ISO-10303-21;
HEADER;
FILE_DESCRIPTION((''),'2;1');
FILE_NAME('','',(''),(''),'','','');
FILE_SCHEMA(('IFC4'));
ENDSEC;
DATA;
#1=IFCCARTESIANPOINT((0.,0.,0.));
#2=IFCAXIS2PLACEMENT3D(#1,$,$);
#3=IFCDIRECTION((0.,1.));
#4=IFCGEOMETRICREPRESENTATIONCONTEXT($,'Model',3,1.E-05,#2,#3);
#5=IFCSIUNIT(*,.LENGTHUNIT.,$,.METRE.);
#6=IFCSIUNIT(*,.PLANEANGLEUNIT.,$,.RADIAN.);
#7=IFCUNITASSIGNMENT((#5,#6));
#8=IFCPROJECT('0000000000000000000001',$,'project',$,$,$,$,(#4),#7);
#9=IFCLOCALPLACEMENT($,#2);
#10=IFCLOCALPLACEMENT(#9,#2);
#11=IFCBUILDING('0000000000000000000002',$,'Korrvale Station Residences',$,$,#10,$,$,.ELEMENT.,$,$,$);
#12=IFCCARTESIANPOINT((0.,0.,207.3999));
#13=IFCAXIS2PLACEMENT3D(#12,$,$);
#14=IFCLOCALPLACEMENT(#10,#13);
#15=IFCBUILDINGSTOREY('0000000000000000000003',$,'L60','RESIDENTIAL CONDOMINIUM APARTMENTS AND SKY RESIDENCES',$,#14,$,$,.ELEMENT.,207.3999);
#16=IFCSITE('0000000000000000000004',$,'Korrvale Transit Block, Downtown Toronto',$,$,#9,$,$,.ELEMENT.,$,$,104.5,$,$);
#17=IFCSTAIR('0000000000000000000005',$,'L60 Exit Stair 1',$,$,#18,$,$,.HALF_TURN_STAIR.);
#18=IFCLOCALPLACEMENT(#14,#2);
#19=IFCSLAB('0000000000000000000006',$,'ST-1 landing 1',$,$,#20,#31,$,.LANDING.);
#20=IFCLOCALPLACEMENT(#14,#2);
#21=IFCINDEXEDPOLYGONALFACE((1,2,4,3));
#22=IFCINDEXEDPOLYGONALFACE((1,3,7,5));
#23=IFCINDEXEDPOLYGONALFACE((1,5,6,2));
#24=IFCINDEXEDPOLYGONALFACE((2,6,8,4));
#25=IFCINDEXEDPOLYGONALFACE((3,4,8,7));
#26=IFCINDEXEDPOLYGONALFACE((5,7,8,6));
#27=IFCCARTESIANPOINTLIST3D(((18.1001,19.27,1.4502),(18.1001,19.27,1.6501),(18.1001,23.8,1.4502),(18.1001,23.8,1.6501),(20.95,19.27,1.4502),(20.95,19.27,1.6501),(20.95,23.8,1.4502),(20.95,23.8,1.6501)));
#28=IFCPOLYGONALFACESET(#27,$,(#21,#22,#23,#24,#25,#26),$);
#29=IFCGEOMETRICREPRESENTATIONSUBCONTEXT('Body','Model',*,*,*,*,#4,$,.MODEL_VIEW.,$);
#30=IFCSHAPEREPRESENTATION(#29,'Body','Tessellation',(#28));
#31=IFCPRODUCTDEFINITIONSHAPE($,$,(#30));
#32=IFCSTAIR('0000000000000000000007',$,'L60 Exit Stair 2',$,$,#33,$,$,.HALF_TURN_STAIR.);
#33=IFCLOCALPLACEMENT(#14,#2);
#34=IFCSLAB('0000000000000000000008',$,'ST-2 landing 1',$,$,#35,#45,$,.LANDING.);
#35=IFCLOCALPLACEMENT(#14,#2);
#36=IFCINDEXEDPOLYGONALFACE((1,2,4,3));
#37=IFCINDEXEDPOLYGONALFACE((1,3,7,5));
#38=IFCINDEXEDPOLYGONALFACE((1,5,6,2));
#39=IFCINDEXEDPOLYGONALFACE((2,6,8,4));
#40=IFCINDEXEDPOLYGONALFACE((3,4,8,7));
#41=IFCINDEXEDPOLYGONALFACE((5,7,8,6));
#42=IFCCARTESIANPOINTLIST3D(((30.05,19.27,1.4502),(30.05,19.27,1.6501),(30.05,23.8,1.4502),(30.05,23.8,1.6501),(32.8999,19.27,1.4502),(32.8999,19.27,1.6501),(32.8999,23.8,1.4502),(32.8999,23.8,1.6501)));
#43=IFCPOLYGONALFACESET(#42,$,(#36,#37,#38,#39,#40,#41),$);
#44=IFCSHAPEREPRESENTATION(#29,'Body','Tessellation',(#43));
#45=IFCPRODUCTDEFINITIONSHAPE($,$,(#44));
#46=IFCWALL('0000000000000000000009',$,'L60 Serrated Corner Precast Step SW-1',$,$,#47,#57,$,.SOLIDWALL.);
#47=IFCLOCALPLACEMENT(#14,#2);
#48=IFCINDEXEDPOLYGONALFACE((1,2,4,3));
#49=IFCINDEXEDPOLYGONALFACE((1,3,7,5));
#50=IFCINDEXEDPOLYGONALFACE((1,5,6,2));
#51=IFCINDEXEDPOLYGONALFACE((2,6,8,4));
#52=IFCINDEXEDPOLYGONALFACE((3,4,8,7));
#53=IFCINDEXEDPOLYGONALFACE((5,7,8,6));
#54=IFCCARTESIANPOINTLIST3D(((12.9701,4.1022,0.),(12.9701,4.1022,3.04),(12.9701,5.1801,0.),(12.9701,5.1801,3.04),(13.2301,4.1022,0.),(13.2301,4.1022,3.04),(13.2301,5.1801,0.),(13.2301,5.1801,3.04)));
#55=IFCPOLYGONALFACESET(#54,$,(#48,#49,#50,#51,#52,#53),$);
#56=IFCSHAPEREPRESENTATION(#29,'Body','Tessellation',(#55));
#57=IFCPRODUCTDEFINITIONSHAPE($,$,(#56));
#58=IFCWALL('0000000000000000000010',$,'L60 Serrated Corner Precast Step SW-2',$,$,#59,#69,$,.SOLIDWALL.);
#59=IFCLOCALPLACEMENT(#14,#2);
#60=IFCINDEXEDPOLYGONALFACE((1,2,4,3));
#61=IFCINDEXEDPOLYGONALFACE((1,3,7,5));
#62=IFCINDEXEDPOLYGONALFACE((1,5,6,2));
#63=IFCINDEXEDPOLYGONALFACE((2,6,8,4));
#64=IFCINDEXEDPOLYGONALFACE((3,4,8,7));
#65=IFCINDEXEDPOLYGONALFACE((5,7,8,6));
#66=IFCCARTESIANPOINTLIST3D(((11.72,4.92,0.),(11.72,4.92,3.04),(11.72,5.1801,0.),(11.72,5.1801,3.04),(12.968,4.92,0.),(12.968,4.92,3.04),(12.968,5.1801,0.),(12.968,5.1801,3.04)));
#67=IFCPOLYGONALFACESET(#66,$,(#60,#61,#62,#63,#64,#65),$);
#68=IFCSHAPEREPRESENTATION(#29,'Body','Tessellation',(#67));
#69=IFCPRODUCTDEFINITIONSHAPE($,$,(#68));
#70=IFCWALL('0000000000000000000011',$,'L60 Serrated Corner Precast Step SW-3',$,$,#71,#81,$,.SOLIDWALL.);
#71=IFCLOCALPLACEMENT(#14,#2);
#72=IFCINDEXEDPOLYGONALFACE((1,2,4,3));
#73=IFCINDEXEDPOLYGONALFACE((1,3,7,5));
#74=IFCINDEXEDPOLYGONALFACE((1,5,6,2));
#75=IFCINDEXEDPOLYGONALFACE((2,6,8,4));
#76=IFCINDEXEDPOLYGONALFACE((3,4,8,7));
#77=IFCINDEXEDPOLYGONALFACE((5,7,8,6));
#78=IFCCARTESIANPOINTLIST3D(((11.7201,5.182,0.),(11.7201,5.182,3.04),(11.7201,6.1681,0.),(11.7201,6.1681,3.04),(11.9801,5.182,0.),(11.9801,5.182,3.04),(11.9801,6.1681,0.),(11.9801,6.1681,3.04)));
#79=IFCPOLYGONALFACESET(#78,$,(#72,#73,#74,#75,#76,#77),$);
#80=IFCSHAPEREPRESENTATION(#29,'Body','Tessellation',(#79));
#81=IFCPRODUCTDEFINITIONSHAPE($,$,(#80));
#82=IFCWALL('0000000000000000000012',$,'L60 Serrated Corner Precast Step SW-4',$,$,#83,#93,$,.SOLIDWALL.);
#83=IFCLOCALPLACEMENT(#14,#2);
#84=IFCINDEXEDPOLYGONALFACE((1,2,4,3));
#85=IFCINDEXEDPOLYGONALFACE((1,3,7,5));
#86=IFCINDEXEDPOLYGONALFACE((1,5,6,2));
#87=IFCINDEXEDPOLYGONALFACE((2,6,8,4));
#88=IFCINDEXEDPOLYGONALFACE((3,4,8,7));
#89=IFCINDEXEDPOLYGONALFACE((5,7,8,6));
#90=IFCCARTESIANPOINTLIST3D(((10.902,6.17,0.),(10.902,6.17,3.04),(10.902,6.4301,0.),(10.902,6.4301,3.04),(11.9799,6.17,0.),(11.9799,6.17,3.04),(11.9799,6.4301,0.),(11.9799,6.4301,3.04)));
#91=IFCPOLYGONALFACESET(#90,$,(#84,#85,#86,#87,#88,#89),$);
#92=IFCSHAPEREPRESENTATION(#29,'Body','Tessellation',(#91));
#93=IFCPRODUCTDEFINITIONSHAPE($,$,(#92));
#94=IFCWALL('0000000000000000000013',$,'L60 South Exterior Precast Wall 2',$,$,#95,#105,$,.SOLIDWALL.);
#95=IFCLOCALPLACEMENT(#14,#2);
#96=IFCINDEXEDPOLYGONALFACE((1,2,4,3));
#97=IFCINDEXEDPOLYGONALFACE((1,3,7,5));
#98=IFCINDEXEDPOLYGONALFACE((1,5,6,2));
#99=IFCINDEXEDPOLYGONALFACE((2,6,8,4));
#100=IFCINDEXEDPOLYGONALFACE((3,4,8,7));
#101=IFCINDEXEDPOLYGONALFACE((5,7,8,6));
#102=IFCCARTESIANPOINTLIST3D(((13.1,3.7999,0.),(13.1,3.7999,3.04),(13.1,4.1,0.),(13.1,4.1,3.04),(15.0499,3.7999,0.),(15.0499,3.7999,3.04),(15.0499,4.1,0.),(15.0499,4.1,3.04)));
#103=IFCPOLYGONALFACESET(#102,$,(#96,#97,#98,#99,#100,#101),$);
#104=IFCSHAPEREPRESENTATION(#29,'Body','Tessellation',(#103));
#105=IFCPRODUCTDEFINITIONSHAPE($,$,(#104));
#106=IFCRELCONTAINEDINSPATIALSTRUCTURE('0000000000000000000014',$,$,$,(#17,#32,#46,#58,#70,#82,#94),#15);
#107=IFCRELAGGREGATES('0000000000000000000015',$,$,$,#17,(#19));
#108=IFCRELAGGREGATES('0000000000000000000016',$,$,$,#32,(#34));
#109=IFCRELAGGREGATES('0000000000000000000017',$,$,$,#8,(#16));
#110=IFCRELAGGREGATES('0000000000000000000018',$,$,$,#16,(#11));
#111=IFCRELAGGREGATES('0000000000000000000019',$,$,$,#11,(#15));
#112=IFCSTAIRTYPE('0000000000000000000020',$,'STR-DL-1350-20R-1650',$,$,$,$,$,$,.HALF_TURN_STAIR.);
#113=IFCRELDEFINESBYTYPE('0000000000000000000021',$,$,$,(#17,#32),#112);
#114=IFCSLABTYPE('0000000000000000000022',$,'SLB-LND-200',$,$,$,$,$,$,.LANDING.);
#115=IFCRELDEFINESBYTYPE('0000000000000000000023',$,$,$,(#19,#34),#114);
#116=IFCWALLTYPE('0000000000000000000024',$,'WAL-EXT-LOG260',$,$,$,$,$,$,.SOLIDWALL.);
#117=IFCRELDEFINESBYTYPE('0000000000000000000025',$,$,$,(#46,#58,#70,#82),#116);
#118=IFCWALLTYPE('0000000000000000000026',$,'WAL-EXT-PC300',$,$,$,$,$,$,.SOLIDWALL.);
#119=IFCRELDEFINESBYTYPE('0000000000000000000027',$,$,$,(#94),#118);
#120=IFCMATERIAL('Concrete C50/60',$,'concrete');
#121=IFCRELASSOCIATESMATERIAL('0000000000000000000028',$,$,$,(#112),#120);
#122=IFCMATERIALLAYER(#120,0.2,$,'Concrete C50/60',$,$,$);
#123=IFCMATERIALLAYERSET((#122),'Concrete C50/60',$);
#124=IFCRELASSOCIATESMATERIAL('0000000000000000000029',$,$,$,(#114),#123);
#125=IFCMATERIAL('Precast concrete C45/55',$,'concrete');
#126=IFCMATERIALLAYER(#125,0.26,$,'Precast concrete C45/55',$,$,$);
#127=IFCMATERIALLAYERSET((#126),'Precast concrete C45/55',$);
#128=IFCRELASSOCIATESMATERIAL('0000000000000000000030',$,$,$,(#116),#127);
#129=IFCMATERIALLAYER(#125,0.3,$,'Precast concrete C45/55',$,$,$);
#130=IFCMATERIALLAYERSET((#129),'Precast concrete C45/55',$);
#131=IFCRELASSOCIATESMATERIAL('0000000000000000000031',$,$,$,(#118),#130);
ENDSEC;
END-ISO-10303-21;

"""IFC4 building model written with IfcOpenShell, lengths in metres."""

from ifc_helpers import new_model, si_unit, direction, frame, frame_2d, origin, place, context, subcontext, project, spatial, polyline, rectangle, outline, extrude, material, layer, layer_set, type_object, element, aggregate, save


model = new_model("IFC4")

# Units and contexts
model_context = context("Model", 3, precision=1e-05, world=origin(), true_north=direction((0.0, 1.0)))
body_context = subcontext(model_context, "Body", "Model", "MODEL_VIEW")
ifc_project = project(units=[si_unit("LENGTHUNIT", "METRE"), si_unit("PLANEANGLEUNIT", "RADIAN")], contexts=[model_context])

# Site, building, storey
site_placement = place(None, origin())
site = spatial("IfcSite", under=ifc_project, at=site_placement, Name="Korrvale Transit Block, Downtown Toronto", CompositionType="ELEMENT", RefElevation=104.5)
building_placement = place(site_placement, origin())
building = spatial("IfcBuilding", under=site, at=building_placement, Name="Korrvale Station Residences", CompositionType="ELEMENT")
storey_placement = place(building_placement, frame((0.0, 0.0, 207.3999)))
storey = spatial("IfcBuildingStorey", under=building, at=storey_placement, Name="L60", Description="RESIDENTIAL CONDOMINIUM APARTMENTS AND SKY RESIDENCES", CompositionType="ELEMENT", Elevation=207.3999)

# Shared definitions
ifc_material_1 = material(Name="Concrete C50/60", Category="concrete")

# Stairs, slabs
stair_type = type_object("IfcStairType", Name="STR-DL-1350-20R-1650", PredefinedType="HALF_TURN_STAIR", material=ifc_material_1)
stair_1_placement = place(storey_placement, origin())
stair_1 = element("IfcStair", 1, at=stair_1_placement, inside=storey, type_object=stair_type, Name="L60 Exit Stair 1", PredefinedType="HALF_TURN_STAIR")
ifc_layer_1 = layer(ifc_material_1, 0.2, Name="Concrete C50/60")
ifc_layer_set_1 = layer_set([ifc_layer_1], Name="Concrete C50/60")
slab_type_1 = type_object("IfcSlabType", Name="SLB-LND-200", PredefinedType="LANDING", material=ifc_layer_set_1)
slab_1_placement = place(storey_placement, frame((0.0, 0.0, 1.4502)))
slab_1 = element("IfcSlab", 2, at=slab_1_placement, type_object=slab_type_1, Name="ST-1 landing 1", PredefinedType="LANDING", context=body_context, shape_type="SweptSolid", body=[
    extrude(outline(polyline([(20.95, 19.27), (20.95, 23.8), (18.1001, 23.8), (18.1001, 19.27), (20.95, 19.27)])), origin(), (0.0, 0.0, 1.0), 0.2),
])
aggregate(stair_1, [slab_1])
stair_2_placement = place(storey_placement, origin())
stair_2 = element("IfcStair", 3, at=stair_2_placement, inside=storey, type_object=stair_type, Name="L60 Exit Stair 2", PredefinedType="HALF_TURN_STAIR")
slab_2_placement = place(storey_placement, frame((0.0, 0.0, 1.4502)))
slab_2 = element("IfcSlab", 4, at=slab_2_placement, type_object=slab_type_1, Name="ST-2 landing 1", PredefinedType="LANDING", context=body_context, shape_type="SweptSolid", body=[
    extrude(outline(polyline([(32.8999, 19.27), (32.8999, 23.8), (30.05, 23.8), (30.05, 19.27), (32.8999, 19.27)])), origin(), (0.0, 0.0, 1.0), 0.2),
])
aggregate(stair_2, [slab_2])

# Walls
ifc_material_2 = material(Name="Precast concrete C45/55", Category="concrete")
ifc_layer_2 = layer(ifc_material_2, 0.26, Name="Precast concrete C45/55")
ifc_layer_set_2 = layer_set([ifc_layer_2], Name="Precast concrete C45/55")
wall_type_1 = type_object("IfcWallType", Name="WAL-EXT-LOG260", PredefinedType="SOLIDWALL", material=ifc_layer_set_2)
wall_1_placement = place(storey_placement, frame((13.1001, 4.1021, 0.0), z_axis=(0.0, 0.0, 1.0), x_axis=(0.0, 1.0, 0.0)))
element("IfcWall", 5, at=wall_1_placement, inside=storey, type_object=wall_type_1, Name="L60 Serrated Corner Precast Step SW-1", PredefinedType="SOLIDWALL", context=body_context, shape_type="SweptSolid", body=[
    extrude(rectangle(XDim=1.0779, YDim=0.26, at=frame_2d((0.5391, 0.0))), origin(), (0.0, 0.0, 1.0), 3.04),
])
wall_2_placement = place(storey_placement, frame((12.968, 5.05, 0.0), z_axis=(0.0, 0.0, 1.0), x_axis=(-1.0, 0.0, 0.0)))
element("IfcWall", 6, at=wall_2_placement, inside=storey, type_object=wall_type_1, Name="L60 Serrated Corner Precast Step SW-2", PredefinedType="SOLIDWALL", context=body_context, shape_type="SweptSolid", body=[
    extrude(rectangle(XDim=1.248, YDim=0.26, at=frame_2d((0.624, 0.0))), origin(), (0.0, 0.0, 1.0), 3.04),
])
wall_3_placement = place(storey_placement, frame((11.8501, 5.1819, 0.0), z_axis=(0.0, 0.0, 1.0), x_axis=(0.0, 1.0, 0.0)))
element("IfcWall", 7, at=wall_3_placement, inside=storey, type_object=wall_type_1, Name="L60 Serrated Corner Precast Step SW-3", PredefinedType="SOLIDWALL", context=body_context, shape_type="SweptSolid", body=[
    extrude(rectangle(XDim=0.9861, YDim=0.26, at=frame_2d((0.4932, 0.0))), origin(), (0.0, 0.0, 1.0), 3.04),
])
wall_4_placement = place(storey_placement, frame((11.98, 6.3, 0.0), z_axis=(0.0, 0.0, 1.0), x_axis=(-1.0, 0.0, 0.0)))
element("IfcWall", 8, at=wall_4_placement, inside=storey, type_object=wall_type_1, Name="L60 Serrated Corner Precast Step SW-4", PredefinedType="SOLIDWALL", context=body_context, shape_type="SweptSolid", body=[
    extrude(rectangle(XDim=1.0779, YDim=0.26, at=frame_2d((0.5391, 0.0))), origin(), (0.0, 0.0, 1.0), 3.04),
])
ifc_layer_3 = layer(ifc_material_2, 0.3, Name="Precast concrete C45/55")
ifc_layer_set_3 = layer_set([ifc_layer_3], Name="Precast concrete C45/55")
wall_type_2 = type_object("IfcWallType", Name="WAL-EXT-PC300", PredefinedType="SOLIDWALL", material=ifc_layer_set_3)
wall_5_placement = place(storey_placement, frame((15.05, 3.95, 0.0), z_axis=(0.0, 0.0, 1.0), x_axis=(-1.0, 0.0, 0.0)))
element("IfcWall", 9, at=wall_5_placement, inside=storey, type_object=wall_type_2, Name="L60 South Exterior Precast Wall 2", PredefinedType="SOLIDWALL", context=body_context, shape_type="SweptSolid", body=[
    extrude(rectangle(XDim=1.95, YDim=0.3, at=frame_2d((0.9751, 0.0))), origin(), (0.0, 0.0, 1.0), 3.04),
])

save(model, "model.ifc")
